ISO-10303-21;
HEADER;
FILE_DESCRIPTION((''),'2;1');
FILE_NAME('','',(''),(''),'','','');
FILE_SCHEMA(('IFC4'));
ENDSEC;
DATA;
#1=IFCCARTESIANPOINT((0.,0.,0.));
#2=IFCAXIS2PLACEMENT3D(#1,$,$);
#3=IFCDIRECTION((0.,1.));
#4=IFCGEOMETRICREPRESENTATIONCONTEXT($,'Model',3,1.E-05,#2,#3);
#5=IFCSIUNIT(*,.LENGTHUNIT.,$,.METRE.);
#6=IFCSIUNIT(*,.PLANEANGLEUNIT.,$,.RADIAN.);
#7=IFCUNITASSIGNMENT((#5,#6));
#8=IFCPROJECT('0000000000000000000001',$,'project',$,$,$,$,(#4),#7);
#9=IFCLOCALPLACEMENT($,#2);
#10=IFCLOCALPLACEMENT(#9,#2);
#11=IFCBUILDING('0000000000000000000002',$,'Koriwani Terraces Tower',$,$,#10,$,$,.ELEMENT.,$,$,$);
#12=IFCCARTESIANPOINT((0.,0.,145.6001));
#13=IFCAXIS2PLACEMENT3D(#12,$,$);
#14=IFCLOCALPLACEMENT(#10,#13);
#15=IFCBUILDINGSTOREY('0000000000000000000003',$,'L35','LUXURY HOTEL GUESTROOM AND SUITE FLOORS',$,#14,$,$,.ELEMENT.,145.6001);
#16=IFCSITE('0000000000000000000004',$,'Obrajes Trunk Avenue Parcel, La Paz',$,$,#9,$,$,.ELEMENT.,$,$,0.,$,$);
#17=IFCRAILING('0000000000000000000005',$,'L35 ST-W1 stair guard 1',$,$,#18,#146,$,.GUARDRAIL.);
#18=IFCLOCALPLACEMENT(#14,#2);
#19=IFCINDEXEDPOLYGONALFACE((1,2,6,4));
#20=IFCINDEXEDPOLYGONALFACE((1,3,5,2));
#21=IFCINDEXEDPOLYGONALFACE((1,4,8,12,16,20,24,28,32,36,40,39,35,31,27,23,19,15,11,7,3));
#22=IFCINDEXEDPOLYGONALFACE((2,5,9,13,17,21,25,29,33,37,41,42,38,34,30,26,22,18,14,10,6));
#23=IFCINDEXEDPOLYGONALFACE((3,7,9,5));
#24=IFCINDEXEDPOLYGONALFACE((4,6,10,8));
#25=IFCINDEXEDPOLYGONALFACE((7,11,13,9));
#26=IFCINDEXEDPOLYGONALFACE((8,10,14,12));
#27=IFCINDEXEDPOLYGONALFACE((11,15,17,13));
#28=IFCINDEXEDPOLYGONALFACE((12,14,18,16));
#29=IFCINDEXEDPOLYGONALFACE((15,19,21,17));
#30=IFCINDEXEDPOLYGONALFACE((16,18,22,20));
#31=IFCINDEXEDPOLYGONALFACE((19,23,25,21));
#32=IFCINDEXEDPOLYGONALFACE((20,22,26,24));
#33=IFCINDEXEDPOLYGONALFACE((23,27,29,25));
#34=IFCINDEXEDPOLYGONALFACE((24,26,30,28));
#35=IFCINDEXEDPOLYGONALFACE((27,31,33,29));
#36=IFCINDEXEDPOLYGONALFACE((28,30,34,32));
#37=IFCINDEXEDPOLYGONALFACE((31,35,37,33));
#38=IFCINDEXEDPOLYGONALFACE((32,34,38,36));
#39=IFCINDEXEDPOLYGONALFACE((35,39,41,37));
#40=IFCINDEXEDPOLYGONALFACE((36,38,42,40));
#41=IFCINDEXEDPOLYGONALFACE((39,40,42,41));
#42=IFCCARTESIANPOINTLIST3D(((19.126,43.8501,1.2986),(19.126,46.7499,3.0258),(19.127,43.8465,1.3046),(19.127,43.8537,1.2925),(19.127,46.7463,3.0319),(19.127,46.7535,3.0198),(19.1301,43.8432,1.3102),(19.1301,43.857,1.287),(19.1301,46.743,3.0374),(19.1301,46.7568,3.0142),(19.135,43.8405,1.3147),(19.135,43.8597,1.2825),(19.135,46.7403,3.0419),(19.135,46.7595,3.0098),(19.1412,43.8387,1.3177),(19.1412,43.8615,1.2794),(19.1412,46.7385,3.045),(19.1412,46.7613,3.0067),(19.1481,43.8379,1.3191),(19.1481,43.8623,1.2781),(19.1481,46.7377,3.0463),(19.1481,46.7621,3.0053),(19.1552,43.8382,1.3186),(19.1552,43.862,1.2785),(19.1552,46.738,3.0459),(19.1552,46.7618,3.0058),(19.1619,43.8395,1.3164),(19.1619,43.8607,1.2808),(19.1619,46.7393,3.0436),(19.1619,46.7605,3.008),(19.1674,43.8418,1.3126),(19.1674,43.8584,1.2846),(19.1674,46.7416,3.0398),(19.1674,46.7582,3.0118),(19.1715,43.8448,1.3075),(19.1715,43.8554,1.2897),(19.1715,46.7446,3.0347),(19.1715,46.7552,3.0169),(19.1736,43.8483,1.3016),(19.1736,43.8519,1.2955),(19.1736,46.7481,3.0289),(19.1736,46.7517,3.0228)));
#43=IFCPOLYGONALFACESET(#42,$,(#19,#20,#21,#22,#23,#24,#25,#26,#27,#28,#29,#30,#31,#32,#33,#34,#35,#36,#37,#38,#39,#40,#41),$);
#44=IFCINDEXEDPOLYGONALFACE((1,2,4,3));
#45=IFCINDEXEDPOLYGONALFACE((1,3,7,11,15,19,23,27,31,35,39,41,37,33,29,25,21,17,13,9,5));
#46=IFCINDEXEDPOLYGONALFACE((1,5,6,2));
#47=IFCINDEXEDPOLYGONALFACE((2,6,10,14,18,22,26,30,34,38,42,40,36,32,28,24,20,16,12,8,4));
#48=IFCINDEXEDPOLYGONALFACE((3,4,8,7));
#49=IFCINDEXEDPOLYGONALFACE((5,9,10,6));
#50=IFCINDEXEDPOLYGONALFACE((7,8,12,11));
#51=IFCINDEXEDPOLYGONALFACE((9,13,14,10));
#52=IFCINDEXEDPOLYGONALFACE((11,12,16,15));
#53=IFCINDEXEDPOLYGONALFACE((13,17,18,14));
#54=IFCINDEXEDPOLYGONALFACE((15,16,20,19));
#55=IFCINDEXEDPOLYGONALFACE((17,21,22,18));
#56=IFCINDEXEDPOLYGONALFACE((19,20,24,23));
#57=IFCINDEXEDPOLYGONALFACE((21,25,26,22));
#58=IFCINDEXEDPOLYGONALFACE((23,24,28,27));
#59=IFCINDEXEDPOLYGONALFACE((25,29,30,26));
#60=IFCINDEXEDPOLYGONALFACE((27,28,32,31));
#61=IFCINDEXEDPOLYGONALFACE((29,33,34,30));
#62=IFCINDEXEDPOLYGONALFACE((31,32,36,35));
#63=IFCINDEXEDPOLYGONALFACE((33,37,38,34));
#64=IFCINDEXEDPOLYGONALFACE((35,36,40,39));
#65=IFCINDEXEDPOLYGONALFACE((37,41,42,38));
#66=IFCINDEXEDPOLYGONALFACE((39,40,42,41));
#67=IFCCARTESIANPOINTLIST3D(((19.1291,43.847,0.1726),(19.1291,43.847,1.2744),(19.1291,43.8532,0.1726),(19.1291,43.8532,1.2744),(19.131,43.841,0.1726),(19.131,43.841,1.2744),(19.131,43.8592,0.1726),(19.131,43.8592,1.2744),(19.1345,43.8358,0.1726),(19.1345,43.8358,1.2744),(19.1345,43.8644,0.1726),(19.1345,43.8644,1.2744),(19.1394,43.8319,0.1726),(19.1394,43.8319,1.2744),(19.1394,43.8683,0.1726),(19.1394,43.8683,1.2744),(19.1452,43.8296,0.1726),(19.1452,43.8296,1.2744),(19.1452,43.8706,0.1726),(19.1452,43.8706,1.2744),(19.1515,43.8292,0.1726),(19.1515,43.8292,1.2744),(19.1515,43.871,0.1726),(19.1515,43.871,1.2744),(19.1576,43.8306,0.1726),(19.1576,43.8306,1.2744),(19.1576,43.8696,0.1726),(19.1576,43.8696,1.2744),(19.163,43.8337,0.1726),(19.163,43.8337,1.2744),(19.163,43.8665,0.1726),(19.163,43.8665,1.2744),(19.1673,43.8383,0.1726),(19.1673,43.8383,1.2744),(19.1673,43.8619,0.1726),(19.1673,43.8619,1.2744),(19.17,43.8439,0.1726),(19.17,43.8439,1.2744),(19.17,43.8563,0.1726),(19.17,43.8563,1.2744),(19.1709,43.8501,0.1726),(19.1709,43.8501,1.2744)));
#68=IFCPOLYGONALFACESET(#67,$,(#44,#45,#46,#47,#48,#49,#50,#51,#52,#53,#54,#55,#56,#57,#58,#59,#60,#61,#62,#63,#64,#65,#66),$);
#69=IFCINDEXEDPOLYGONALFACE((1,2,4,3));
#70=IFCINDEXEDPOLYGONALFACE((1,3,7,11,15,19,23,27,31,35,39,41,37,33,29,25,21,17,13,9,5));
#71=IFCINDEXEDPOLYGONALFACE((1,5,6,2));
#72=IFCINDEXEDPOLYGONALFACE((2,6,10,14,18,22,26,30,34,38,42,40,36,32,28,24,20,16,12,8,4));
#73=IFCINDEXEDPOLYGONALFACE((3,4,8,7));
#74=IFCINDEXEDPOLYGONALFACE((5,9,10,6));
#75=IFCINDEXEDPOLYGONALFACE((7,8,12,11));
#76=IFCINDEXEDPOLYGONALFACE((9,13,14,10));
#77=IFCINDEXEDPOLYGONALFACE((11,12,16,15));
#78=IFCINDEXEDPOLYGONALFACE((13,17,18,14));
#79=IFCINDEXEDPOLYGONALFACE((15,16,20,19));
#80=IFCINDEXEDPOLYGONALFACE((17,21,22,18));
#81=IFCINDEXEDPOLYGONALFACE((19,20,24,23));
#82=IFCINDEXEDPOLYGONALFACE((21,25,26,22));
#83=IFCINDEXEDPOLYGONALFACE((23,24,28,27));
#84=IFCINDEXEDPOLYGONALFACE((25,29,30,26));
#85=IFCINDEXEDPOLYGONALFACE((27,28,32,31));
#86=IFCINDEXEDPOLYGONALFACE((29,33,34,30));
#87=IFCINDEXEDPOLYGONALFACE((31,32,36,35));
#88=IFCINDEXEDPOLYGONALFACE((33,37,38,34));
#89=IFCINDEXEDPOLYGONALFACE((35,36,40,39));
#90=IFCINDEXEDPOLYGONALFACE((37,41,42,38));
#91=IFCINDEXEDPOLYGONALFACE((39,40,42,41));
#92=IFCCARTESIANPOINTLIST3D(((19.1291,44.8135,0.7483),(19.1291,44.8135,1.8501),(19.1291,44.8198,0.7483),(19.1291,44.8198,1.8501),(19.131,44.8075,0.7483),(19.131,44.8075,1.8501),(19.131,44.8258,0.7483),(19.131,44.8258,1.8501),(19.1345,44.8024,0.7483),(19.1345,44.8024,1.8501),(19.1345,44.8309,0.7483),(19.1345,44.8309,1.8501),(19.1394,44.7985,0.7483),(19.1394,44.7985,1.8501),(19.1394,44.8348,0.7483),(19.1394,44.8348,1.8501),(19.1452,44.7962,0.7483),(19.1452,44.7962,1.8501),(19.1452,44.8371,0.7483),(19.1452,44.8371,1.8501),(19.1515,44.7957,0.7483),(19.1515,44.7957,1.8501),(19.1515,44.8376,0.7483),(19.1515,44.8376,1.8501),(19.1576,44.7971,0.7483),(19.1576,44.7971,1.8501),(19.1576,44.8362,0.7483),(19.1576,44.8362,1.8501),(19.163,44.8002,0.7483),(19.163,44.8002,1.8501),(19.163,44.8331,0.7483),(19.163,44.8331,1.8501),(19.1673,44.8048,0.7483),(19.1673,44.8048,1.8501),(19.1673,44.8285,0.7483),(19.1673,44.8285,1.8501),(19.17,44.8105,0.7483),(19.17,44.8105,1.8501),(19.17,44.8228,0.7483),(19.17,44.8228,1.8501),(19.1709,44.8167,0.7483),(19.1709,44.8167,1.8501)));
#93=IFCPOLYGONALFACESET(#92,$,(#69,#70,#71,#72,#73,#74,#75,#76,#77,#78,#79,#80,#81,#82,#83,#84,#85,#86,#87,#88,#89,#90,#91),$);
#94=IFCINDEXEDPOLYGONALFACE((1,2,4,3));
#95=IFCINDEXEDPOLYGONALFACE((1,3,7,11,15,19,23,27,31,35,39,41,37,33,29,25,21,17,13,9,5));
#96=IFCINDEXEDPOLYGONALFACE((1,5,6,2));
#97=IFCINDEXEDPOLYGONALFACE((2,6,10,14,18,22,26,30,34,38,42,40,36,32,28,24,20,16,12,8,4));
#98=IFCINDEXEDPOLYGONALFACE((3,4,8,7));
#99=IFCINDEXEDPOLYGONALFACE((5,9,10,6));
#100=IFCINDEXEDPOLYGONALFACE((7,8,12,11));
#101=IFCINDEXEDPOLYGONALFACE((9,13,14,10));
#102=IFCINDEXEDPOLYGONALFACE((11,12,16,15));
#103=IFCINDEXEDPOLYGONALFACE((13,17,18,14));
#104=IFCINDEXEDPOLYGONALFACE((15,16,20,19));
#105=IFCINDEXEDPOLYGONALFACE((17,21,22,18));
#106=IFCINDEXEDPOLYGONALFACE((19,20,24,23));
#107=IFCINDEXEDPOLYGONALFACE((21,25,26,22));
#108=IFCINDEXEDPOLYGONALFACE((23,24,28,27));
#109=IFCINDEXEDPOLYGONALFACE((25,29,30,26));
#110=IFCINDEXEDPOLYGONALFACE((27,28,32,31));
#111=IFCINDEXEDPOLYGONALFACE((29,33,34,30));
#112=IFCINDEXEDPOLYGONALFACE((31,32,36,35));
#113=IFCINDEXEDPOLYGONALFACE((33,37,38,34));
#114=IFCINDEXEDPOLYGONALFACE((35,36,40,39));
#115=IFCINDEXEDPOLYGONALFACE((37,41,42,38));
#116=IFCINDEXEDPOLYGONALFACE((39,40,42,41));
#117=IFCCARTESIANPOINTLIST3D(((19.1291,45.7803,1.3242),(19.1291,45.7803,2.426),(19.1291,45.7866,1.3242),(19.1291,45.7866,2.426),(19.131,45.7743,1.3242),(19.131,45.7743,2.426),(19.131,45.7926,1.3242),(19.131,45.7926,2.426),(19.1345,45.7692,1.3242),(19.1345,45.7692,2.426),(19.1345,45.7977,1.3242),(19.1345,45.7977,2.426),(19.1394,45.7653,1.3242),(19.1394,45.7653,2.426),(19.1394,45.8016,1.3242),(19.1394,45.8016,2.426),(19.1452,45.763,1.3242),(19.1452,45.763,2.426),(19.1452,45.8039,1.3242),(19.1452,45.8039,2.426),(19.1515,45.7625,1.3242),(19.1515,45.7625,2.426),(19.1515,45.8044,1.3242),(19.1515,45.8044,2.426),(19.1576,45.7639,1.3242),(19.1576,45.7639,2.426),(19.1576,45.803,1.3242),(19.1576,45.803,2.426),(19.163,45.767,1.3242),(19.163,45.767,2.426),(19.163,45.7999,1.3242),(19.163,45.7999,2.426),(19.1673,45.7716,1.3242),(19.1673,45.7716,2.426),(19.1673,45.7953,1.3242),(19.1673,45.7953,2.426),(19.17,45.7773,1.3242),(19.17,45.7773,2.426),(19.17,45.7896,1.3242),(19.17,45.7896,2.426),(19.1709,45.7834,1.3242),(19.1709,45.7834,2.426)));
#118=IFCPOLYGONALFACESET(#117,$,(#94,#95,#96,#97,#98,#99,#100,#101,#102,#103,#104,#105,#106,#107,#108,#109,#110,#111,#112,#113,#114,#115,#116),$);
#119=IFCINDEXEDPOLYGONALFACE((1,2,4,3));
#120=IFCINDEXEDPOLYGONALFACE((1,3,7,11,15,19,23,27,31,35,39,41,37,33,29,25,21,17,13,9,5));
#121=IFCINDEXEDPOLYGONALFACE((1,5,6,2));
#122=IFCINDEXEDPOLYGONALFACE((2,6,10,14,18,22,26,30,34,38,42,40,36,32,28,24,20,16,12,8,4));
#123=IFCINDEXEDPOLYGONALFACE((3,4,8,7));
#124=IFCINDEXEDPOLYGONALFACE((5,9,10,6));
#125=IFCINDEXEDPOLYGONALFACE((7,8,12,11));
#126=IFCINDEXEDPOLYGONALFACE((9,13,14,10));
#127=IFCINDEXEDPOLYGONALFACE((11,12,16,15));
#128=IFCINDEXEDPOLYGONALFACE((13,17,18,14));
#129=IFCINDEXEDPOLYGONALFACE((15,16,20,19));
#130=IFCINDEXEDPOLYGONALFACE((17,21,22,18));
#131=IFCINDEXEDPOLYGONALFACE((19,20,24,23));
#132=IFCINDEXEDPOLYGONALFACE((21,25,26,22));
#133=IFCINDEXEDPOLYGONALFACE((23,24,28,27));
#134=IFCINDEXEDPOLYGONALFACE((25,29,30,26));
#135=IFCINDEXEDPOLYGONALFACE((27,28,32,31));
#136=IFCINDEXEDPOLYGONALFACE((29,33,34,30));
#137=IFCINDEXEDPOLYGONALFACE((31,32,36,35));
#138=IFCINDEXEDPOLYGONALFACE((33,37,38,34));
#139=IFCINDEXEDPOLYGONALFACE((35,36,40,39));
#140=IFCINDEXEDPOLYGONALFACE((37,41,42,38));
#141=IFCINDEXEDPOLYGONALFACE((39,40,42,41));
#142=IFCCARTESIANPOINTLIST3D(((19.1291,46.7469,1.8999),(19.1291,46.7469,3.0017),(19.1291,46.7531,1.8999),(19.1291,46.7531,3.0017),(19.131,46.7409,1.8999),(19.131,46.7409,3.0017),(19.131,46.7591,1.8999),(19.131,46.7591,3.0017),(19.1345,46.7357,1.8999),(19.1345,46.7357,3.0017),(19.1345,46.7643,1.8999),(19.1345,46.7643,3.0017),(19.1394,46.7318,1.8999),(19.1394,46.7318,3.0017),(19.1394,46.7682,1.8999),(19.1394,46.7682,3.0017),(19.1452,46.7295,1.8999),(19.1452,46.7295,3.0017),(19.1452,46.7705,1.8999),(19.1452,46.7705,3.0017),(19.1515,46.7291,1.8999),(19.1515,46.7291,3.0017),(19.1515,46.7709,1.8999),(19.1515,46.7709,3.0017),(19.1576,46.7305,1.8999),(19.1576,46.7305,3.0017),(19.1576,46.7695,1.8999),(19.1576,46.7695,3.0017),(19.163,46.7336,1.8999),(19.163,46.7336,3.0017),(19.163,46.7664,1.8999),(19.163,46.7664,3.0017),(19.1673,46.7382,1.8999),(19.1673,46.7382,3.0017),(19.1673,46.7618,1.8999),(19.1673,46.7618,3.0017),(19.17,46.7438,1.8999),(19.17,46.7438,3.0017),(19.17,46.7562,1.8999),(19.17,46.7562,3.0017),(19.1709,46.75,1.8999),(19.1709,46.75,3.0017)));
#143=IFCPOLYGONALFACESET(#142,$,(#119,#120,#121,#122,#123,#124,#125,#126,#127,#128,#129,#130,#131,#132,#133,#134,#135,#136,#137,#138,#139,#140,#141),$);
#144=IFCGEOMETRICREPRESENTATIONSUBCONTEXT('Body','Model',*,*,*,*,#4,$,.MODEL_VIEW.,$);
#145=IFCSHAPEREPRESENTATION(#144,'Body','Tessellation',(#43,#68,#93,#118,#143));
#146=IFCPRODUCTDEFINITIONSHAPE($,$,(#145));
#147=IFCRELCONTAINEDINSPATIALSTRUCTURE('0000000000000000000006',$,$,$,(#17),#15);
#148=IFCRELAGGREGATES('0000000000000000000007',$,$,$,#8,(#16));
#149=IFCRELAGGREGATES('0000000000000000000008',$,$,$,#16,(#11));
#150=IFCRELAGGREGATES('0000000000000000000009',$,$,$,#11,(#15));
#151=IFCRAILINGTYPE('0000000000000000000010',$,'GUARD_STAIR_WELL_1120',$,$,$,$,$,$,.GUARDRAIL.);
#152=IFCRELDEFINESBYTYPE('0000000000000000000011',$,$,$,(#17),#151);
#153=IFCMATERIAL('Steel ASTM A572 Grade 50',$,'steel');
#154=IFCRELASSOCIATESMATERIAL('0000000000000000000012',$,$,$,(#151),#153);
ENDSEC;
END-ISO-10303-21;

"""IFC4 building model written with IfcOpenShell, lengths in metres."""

from ifc_helpers import new_model, si_unit, direction, frame, origin, origin_2d, place, context, subcontext, project, spatial, circle, extrude, material, type_object, element, save


model = new_model("IFC4")

# Units and contexts
model_context = context("Model", 3, precision=1e-05, world=origin(), true_north=direction((0.0, 1.0)))
body_context = subcontext(model_context, "Body", "Model", "MODEL_VIEW")
ifc_project = project(units=[si_unit("LENGTHUNIT", "METRE"), si_unit("PLANEANGLEUNIT", "RADIAN")], contexts=[model_context])

# Site, building, storey
site_placement = place(None, origin())
site = spatial("IfcSite", under=ifc_project, at=site_placement, Name="Obrajes Trunk Avenue Parcel, La Paz", CompositionType="ELEMENT", RefElevation=0.0)
building_placement = place(site_placement, origin())
building = spatial("IfcBuilding", under=site, at=building_placement, Name="Koriwani Terraces Tower", CompositionType="ELEMENT")
storey_placement = place(building_placement, frame((0.0, 0.0, 145.6001)))
storey = spatial("IfcBuildingStorey", under=building, at=storey_placement, Name="L35", Description="LUXURY HOTEL GUESTROOM AND SUITE FLOORS", CompositionType="ELEMENT", Elevation=145.6001)

# Shared definitions
ifc_material_1 = material(Name="Steel ASTM A572 Grade 50", Category="steel")

# Railing
railing_type_1 = type_object("IfcRailingType", Name="GUARD_STAIR_WELL_1120", PredefinedType="GUARDRAIL", material=ifc_material_1)
railing_1_placement = place(storey_placement, frame((19.1499, 43.8501, 0.1726)))
element("IfcRailing", 1, at=railing_1_placement, inside=storey, type_object=railing_type_1, Name="L35 ST-W1 stair guard 1", PredefinedType="GUARDRAIL", context=body_context, shape_type="SweptSolid", body=[
    extrude(circle(Radius=0.0239, at=origin_2d()), frame((0.0, 0.0, 1.126), z_axis=(0.0, 0.859141, 0.511738), x_axis=(-1.0, 0.0, 0.0)), (0.0, 0.0, 1.0), 3.3752),
    extrude(circle(Radius=0.021, at=origin_2d()), origin(), (0.0, 0.0, 1.0), 1.1018),
    extrude(circle(Radius=0.021, at=origin_2d()), frame((0.0, 0.9666, 0.5757)), (0.0, 0.0, 1.0), 1.1018),
    extrude(circle(Radius=0.021, at=origin_2d()), frame((0.0, 1.9333, 1.1516)), (0.0, 0.0, 1.0), 1.1018),
    extrude(circle(Radius=0.021, at=origin_2d()), frame((0.0, 2.8999, 1.7273)), (0.0, 0.0, 1.0), 1.1018),
])

save(model, "model.ifc")
